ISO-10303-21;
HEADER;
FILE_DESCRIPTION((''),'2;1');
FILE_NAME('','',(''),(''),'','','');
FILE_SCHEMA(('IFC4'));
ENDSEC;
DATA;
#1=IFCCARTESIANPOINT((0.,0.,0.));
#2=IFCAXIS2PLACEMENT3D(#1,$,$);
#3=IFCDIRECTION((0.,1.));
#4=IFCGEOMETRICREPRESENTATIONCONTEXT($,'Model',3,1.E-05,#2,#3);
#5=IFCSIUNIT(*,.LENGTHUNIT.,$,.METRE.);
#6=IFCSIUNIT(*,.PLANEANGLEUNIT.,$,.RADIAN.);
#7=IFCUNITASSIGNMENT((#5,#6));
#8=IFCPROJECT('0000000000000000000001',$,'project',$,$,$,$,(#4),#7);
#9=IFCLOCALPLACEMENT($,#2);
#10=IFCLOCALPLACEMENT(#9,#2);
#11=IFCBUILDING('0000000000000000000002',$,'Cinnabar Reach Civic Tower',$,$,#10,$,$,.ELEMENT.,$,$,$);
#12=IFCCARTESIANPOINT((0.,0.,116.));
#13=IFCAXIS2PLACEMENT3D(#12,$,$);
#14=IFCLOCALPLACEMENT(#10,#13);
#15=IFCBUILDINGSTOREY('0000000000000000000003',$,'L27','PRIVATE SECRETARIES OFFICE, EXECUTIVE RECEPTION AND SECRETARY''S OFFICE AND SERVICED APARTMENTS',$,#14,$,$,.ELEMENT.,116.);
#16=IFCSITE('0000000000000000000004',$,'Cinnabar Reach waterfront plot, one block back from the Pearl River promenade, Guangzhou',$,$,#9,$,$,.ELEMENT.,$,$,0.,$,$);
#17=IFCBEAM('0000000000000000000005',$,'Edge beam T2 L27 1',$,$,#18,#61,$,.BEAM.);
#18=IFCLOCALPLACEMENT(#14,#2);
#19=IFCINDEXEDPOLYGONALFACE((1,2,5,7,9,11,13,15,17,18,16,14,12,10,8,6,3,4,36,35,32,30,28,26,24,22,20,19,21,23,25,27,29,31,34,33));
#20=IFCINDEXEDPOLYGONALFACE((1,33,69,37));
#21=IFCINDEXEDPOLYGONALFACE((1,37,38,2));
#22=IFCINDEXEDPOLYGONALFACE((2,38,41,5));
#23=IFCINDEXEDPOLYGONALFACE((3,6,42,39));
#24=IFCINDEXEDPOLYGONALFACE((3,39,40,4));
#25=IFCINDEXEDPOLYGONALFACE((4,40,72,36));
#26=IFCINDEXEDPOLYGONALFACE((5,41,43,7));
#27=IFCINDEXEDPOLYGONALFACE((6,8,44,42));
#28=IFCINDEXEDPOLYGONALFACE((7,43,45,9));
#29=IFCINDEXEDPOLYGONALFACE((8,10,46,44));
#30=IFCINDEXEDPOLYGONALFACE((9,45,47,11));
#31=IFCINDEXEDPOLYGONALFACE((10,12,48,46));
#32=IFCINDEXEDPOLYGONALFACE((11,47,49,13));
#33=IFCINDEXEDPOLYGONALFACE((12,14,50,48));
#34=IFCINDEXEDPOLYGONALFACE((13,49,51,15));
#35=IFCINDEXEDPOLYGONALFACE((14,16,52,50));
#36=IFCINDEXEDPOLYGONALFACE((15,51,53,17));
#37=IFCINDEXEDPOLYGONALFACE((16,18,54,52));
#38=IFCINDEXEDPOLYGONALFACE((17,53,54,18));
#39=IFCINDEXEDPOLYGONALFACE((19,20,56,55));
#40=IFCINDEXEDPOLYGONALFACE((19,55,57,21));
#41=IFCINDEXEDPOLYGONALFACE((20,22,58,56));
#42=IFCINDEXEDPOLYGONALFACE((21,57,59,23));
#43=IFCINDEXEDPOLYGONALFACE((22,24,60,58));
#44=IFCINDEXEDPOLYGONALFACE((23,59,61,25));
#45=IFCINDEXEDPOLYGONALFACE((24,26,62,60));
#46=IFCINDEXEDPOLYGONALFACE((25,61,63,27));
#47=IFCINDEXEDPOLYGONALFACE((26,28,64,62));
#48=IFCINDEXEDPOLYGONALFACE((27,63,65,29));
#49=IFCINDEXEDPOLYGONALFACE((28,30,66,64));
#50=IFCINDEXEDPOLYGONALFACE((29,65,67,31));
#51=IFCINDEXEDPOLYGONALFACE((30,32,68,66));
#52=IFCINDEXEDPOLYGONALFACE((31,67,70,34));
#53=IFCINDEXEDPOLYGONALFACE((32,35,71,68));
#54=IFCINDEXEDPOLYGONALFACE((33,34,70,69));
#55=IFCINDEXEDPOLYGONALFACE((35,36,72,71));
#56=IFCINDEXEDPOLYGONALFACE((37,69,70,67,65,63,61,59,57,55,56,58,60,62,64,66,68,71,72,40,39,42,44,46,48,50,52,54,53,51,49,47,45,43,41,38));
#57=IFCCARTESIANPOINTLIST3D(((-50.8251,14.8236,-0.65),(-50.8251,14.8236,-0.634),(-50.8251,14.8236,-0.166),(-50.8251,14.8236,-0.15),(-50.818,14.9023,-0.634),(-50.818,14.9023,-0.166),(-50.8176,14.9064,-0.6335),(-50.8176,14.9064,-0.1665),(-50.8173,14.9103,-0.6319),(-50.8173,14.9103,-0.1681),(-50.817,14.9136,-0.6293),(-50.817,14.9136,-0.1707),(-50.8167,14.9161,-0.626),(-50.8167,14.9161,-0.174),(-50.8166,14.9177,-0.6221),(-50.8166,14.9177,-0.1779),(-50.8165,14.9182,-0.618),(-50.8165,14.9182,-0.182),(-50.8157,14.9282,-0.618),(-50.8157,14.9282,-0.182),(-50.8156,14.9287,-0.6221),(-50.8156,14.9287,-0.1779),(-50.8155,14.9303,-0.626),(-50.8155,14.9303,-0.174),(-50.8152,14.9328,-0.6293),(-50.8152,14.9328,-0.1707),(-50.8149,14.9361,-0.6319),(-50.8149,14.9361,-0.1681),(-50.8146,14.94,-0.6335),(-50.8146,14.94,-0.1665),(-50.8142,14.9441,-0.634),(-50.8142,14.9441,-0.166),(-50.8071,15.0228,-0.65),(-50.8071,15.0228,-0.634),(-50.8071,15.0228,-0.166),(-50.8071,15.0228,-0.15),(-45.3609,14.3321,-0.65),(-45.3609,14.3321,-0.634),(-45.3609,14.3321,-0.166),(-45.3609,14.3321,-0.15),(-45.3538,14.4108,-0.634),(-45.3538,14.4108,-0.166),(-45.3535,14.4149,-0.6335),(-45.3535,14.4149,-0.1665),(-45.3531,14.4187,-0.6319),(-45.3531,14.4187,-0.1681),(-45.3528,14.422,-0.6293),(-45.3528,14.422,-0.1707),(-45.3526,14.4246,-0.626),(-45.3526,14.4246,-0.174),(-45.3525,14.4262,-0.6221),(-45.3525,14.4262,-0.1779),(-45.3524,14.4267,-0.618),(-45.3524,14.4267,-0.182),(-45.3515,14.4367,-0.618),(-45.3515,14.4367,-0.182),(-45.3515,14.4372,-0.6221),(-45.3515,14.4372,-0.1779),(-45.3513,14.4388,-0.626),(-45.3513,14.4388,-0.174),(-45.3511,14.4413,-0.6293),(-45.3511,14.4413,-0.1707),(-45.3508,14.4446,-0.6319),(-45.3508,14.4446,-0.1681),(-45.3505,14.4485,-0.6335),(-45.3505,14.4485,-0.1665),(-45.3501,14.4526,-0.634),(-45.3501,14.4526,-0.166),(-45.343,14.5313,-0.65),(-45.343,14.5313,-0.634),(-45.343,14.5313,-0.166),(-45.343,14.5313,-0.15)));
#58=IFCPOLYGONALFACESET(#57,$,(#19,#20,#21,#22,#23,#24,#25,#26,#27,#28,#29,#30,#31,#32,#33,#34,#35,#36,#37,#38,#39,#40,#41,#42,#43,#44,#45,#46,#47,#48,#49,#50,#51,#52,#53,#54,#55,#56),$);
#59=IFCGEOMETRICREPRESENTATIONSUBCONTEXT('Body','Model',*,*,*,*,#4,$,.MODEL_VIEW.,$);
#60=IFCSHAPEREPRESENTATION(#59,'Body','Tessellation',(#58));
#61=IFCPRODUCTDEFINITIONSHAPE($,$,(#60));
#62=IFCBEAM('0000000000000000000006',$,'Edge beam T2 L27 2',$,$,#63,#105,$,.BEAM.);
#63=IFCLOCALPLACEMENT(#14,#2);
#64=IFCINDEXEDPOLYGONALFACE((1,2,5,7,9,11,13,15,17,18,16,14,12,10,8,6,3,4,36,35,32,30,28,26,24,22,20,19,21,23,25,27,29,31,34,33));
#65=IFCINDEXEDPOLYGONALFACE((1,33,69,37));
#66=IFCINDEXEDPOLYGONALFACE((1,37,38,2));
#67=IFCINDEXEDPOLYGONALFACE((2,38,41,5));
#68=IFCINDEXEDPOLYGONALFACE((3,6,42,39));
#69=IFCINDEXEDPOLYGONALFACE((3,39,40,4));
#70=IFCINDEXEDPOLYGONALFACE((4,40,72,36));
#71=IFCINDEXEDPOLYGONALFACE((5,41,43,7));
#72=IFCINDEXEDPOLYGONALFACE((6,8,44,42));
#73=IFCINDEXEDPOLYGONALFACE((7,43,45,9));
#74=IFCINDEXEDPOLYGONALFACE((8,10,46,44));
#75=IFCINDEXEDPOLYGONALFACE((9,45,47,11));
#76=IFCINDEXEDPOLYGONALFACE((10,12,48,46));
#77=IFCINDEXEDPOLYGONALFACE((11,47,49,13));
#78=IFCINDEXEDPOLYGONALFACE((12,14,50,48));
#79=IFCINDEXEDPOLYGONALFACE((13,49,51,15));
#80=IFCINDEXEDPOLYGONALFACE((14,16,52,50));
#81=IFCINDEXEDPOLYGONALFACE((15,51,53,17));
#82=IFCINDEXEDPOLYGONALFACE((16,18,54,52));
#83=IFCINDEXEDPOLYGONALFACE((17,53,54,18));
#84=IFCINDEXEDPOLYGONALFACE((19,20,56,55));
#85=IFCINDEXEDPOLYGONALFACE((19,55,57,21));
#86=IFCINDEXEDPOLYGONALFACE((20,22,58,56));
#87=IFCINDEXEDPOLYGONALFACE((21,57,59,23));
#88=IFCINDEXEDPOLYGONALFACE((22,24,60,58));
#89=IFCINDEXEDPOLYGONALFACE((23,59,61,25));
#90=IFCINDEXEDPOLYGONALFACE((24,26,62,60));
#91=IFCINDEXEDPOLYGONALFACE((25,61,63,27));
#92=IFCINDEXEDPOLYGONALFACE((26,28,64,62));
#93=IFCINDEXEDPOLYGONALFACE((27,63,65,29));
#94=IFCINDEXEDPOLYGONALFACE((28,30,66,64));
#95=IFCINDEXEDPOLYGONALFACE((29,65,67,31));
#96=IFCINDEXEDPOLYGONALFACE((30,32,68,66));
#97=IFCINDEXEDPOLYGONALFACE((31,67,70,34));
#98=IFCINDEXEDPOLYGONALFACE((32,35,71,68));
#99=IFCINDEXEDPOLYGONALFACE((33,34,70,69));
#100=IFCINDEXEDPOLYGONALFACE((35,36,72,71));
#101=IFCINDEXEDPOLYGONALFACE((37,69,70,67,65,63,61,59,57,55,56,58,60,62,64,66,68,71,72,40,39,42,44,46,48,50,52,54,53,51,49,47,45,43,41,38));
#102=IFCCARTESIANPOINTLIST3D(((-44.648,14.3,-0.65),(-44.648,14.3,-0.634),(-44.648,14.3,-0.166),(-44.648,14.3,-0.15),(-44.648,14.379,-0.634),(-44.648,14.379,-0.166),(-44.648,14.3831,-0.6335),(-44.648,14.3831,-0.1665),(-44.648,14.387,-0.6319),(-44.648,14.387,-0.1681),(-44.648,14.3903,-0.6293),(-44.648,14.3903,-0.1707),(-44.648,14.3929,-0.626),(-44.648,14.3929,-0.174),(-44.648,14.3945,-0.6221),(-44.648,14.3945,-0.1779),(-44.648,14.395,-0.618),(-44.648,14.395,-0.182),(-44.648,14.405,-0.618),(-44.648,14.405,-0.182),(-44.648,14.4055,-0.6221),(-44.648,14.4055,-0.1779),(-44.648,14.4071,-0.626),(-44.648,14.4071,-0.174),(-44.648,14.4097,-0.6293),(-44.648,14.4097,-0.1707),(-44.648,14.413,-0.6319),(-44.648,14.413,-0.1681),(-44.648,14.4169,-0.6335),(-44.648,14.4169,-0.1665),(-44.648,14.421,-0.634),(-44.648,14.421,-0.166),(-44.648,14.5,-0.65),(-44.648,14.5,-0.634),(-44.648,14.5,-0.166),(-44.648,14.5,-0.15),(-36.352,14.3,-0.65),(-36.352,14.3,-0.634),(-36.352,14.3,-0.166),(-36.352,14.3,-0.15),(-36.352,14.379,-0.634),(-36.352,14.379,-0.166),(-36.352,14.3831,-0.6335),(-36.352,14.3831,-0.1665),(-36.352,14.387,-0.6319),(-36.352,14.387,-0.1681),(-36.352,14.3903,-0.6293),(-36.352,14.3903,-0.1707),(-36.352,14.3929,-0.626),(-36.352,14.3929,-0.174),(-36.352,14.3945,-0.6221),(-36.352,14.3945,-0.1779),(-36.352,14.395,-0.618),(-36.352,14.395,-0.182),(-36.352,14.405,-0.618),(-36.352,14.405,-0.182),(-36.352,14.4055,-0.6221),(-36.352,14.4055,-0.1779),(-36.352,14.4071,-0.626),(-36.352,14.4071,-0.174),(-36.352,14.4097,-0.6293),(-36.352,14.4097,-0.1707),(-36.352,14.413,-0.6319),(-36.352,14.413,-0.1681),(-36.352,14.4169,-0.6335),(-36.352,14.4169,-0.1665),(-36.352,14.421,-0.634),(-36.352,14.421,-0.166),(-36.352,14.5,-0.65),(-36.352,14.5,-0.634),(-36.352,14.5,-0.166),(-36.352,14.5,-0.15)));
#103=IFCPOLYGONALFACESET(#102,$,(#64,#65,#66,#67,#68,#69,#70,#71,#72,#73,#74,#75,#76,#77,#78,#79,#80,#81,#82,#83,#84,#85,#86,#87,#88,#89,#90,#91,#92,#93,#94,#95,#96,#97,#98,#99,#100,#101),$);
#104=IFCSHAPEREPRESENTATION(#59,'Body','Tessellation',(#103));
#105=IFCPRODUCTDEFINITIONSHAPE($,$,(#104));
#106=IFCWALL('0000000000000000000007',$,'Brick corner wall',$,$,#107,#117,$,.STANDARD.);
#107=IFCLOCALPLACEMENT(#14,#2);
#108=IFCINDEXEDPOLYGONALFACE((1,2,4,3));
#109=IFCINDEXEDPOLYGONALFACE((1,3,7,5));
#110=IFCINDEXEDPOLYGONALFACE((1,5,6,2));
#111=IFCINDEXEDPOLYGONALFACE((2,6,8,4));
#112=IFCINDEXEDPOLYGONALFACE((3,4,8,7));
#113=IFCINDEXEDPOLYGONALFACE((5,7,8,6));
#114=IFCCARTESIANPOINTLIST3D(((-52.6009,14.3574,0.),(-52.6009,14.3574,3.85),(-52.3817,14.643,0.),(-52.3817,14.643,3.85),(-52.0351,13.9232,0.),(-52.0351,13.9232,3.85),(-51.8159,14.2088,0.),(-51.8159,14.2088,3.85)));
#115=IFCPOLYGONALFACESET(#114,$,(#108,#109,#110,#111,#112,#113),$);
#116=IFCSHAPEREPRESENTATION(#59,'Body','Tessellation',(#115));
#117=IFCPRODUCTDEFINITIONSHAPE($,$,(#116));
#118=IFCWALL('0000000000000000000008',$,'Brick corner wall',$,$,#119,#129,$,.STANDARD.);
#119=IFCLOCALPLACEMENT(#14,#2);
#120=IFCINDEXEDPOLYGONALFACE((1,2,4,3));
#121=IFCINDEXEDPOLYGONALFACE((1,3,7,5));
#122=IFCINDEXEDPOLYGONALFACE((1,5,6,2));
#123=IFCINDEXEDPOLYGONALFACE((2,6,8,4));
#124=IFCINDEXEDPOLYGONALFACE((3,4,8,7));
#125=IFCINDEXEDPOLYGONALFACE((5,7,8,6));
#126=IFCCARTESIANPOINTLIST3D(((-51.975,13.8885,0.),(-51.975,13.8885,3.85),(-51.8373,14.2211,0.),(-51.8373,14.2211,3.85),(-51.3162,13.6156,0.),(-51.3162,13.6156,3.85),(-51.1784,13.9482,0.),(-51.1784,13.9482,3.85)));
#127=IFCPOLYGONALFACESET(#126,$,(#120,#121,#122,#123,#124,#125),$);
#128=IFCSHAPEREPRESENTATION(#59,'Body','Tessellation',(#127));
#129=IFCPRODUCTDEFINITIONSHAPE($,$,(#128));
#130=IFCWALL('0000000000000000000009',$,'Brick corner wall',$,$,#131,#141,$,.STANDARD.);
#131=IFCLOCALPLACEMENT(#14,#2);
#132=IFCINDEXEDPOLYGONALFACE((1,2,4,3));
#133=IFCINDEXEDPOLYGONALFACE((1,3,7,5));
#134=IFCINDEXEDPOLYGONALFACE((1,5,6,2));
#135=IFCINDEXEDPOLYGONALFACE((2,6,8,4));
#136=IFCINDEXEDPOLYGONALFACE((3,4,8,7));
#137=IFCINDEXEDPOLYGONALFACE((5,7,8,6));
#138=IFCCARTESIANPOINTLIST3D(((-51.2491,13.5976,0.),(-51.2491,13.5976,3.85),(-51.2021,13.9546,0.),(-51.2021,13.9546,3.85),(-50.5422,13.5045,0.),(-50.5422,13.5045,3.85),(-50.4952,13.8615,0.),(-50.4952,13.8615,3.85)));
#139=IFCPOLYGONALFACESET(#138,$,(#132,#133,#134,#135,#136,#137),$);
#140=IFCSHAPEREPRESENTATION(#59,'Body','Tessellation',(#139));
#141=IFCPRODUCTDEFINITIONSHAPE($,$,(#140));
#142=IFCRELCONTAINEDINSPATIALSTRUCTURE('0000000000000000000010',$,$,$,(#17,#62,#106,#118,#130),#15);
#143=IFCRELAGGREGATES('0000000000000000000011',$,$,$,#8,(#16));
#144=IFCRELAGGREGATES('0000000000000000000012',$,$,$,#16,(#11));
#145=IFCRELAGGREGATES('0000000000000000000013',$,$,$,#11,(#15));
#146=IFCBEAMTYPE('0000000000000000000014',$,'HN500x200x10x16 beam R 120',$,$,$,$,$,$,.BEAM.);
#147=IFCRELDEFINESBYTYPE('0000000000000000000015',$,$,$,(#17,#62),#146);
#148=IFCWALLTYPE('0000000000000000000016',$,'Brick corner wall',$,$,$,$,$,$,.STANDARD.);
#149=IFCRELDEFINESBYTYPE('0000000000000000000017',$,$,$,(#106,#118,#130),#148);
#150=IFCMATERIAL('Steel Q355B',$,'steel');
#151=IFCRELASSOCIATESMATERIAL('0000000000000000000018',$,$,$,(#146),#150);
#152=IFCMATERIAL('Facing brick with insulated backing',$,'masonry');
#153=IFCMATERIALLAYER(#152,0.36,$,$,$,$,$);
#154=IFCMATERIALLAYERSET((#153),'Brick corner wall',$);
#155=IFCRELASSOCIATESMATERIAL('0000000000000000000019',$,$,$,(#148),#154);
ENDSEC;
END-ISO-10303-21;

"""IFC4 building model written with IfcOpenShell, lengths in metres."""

from ifc_helpers import new_model, si_unit, direction, frame, frame_2d, origin, origin_2d, place, context, subcontext, project, spatial, rectangle, i_section, extrude, material, layer, layer_set, material_profile, profile_set, type_object, element, save


model = new_model("IFC4")

# Units and contexts
model_context = context("Model", 3, precision=1e-05, world=origin(), true_north=direction((0.0, 1.0)))
body_context = subcontext(model_context, "Body", "Model", "MODEL_VIEW")
ifc_project = project(units=[si_unit("LENGTHUNIT", "METRE"), si_unit("PLANEANGLEUNIT", "RADIAN")], contexts=[model_context])

# Site, building, storey
site_placement = place(None, origin())
site = spatial("IfcSite", under=ifc_project, at=site_placement, Name="Cinnabar Reach waterfront plot, one block back from the Pearl River promenade, Guangzhou", CompositionType="ELEMENT", RefElevation=0.0)
building_placement = place(site_placement, origin())
building = spatial("IfcBuilding", under=site, at=building_placement, Name="Cinnabar Reach Civic Tower", CompositionType="ELEMENT")
storey_placement = place(building_placement, frame((0.0, 0.0, 116.0)))
storey = spatial("IfcBuildingStorey", under=building, at=storey_placement, Name="L27", Description="PRIVATE SECRETARIES OFFICE, EXECUTIVE RECEPTION AND SECRETARY'S OFFICE AND SERVICED APARTMENTS", CompositionType="ELEMENT", Elevation=116.0)

# Beams
ifc_material_1 = material(Name="Steel Q355B", Category="steel")
ifc_material_profile_1 = material_profile(ifc_material_1, i_section(OverallWidth=0.2, OverallDepth=0.5, WebThickness=0.01, FlangeThickness=0.016, FilletRadius=0.016, at=origin_2d()), Name="HN500x200x10x16")
ifc_profile_set_1 = profile_set([ifc_material_profile_1], Name="Steel Q355B")
beam_type_1 = type_object("IfcBeamType", Name="HN500x200x10x16 beam R 120", PredefinedType="BEAM", material=ifc_profile_set_1)
beam_1_placement = place(storey_placement, frame((-50.8161, 14.9232, -0.4), z_axis=(0.995979, -0.089589, 0.0), x_axis=(0.089589, 0.995979, 0.0)))
element("IfcBeam", 1, at=beam_1_placement, inside=storey, type_object=beam_type_1, Name="Edge beam T2 L27 1", PredefinedType="BEAM", context=body_context, shape_type="SweptSolid", body=[
    extrude(i_section(OverallWidth=0.2, OverallDepth=0.5, WebThickness=0.01, FlangeThickness=0.016, FilletRadius=0.016, at=origin_2d()), origin(), (0.0, 0.0, 1.0), 5.4862),
])
beam_2_placement = place(storey_placement, frame((-44.648, 14.4, -0.4), z_axis=(1.0, 0.0, 0.0), x_axis=(0.0, 1.0, 0.0)))
element("IfcBeam", 2, at=beam_2_placement, inside=storey, type_object=beam_type_1, Name="Edge beam T2 L27 2", PredefinedType="BEAM", context=body_context, shape_type="SweptSolid", body=[
    extrude(i_section(OverallWidth=0.2, OverallDepth=0.5, WebThickness=0.01, FlangeThickness=0.016, FilletRadius=0.016, at=origin_2d()), origin(), (0.0, 0.0, 1.0), 8.296),
])

# Walls
ifc_material_2 = material(Name="Facing brick with insulated backing", Category="masonry")
ifc_layer_1 = layer(ifc_material_2, 0.36)
ifc_layer_set_1 = layer_set([ifc_layer_1], Name="Brick corner wall")
wall_type_1 = type_object("IfcWallType", Name="Brick corner wall", PredefinedType="STANDARD", material=ifc_layer_set_1)
wall_1_placement = place(storey_placement, frame((-52.4913, 14.5002, 0.0), z_axis=(0.0, 0.0, 1.0), x_axis=(0.793322, -0.608802, 0.0)))
element("IfcWall", 3, at=wall_1_placement, inside=storey, type_object=wall_type_1, Name="Brick corner wall", PredefinedType="STANDARD", context=body_context, shape_type="SweptSolid", body=[
    extrude(rectangle(XDim=0.7132, YDim=0.36, at=frame_2d((0.3566, 0.0))), origin(), (0.0, 0.0, 1.0), 3.85),
])
for number, where, z_axis, x_axis, name in (
    (4, (-51.9061, 14.0548, 0.0), (0.0, 0.0, 1.0), (0.923872, -0.382703, 0.0), "Brick corner wall"),
    (5, (-51.2256, 13.7761, 0.0), (0.0, 0.0, 1.0), (0.991441, -0.130556, 0.0), "Brick corner wall"),
):
    element("IfcWall", number, at=place(storey_placement, frame(where, z_axis=z_axis, x_axis=x_axis)), inside=storey, type_object=wall_type_1, Name=name, PredefinedType="STANDARD", context=body_context, shape_type="SweptSolid", body=[
        extrude(rectangle(XDim=0.7131, YDim=0.36, at=frame_2d((0.3565, 0.0))), origin(), (0.0, 0.0, 1.0), 3.85),
    ])

save(model, "model.ifc")
